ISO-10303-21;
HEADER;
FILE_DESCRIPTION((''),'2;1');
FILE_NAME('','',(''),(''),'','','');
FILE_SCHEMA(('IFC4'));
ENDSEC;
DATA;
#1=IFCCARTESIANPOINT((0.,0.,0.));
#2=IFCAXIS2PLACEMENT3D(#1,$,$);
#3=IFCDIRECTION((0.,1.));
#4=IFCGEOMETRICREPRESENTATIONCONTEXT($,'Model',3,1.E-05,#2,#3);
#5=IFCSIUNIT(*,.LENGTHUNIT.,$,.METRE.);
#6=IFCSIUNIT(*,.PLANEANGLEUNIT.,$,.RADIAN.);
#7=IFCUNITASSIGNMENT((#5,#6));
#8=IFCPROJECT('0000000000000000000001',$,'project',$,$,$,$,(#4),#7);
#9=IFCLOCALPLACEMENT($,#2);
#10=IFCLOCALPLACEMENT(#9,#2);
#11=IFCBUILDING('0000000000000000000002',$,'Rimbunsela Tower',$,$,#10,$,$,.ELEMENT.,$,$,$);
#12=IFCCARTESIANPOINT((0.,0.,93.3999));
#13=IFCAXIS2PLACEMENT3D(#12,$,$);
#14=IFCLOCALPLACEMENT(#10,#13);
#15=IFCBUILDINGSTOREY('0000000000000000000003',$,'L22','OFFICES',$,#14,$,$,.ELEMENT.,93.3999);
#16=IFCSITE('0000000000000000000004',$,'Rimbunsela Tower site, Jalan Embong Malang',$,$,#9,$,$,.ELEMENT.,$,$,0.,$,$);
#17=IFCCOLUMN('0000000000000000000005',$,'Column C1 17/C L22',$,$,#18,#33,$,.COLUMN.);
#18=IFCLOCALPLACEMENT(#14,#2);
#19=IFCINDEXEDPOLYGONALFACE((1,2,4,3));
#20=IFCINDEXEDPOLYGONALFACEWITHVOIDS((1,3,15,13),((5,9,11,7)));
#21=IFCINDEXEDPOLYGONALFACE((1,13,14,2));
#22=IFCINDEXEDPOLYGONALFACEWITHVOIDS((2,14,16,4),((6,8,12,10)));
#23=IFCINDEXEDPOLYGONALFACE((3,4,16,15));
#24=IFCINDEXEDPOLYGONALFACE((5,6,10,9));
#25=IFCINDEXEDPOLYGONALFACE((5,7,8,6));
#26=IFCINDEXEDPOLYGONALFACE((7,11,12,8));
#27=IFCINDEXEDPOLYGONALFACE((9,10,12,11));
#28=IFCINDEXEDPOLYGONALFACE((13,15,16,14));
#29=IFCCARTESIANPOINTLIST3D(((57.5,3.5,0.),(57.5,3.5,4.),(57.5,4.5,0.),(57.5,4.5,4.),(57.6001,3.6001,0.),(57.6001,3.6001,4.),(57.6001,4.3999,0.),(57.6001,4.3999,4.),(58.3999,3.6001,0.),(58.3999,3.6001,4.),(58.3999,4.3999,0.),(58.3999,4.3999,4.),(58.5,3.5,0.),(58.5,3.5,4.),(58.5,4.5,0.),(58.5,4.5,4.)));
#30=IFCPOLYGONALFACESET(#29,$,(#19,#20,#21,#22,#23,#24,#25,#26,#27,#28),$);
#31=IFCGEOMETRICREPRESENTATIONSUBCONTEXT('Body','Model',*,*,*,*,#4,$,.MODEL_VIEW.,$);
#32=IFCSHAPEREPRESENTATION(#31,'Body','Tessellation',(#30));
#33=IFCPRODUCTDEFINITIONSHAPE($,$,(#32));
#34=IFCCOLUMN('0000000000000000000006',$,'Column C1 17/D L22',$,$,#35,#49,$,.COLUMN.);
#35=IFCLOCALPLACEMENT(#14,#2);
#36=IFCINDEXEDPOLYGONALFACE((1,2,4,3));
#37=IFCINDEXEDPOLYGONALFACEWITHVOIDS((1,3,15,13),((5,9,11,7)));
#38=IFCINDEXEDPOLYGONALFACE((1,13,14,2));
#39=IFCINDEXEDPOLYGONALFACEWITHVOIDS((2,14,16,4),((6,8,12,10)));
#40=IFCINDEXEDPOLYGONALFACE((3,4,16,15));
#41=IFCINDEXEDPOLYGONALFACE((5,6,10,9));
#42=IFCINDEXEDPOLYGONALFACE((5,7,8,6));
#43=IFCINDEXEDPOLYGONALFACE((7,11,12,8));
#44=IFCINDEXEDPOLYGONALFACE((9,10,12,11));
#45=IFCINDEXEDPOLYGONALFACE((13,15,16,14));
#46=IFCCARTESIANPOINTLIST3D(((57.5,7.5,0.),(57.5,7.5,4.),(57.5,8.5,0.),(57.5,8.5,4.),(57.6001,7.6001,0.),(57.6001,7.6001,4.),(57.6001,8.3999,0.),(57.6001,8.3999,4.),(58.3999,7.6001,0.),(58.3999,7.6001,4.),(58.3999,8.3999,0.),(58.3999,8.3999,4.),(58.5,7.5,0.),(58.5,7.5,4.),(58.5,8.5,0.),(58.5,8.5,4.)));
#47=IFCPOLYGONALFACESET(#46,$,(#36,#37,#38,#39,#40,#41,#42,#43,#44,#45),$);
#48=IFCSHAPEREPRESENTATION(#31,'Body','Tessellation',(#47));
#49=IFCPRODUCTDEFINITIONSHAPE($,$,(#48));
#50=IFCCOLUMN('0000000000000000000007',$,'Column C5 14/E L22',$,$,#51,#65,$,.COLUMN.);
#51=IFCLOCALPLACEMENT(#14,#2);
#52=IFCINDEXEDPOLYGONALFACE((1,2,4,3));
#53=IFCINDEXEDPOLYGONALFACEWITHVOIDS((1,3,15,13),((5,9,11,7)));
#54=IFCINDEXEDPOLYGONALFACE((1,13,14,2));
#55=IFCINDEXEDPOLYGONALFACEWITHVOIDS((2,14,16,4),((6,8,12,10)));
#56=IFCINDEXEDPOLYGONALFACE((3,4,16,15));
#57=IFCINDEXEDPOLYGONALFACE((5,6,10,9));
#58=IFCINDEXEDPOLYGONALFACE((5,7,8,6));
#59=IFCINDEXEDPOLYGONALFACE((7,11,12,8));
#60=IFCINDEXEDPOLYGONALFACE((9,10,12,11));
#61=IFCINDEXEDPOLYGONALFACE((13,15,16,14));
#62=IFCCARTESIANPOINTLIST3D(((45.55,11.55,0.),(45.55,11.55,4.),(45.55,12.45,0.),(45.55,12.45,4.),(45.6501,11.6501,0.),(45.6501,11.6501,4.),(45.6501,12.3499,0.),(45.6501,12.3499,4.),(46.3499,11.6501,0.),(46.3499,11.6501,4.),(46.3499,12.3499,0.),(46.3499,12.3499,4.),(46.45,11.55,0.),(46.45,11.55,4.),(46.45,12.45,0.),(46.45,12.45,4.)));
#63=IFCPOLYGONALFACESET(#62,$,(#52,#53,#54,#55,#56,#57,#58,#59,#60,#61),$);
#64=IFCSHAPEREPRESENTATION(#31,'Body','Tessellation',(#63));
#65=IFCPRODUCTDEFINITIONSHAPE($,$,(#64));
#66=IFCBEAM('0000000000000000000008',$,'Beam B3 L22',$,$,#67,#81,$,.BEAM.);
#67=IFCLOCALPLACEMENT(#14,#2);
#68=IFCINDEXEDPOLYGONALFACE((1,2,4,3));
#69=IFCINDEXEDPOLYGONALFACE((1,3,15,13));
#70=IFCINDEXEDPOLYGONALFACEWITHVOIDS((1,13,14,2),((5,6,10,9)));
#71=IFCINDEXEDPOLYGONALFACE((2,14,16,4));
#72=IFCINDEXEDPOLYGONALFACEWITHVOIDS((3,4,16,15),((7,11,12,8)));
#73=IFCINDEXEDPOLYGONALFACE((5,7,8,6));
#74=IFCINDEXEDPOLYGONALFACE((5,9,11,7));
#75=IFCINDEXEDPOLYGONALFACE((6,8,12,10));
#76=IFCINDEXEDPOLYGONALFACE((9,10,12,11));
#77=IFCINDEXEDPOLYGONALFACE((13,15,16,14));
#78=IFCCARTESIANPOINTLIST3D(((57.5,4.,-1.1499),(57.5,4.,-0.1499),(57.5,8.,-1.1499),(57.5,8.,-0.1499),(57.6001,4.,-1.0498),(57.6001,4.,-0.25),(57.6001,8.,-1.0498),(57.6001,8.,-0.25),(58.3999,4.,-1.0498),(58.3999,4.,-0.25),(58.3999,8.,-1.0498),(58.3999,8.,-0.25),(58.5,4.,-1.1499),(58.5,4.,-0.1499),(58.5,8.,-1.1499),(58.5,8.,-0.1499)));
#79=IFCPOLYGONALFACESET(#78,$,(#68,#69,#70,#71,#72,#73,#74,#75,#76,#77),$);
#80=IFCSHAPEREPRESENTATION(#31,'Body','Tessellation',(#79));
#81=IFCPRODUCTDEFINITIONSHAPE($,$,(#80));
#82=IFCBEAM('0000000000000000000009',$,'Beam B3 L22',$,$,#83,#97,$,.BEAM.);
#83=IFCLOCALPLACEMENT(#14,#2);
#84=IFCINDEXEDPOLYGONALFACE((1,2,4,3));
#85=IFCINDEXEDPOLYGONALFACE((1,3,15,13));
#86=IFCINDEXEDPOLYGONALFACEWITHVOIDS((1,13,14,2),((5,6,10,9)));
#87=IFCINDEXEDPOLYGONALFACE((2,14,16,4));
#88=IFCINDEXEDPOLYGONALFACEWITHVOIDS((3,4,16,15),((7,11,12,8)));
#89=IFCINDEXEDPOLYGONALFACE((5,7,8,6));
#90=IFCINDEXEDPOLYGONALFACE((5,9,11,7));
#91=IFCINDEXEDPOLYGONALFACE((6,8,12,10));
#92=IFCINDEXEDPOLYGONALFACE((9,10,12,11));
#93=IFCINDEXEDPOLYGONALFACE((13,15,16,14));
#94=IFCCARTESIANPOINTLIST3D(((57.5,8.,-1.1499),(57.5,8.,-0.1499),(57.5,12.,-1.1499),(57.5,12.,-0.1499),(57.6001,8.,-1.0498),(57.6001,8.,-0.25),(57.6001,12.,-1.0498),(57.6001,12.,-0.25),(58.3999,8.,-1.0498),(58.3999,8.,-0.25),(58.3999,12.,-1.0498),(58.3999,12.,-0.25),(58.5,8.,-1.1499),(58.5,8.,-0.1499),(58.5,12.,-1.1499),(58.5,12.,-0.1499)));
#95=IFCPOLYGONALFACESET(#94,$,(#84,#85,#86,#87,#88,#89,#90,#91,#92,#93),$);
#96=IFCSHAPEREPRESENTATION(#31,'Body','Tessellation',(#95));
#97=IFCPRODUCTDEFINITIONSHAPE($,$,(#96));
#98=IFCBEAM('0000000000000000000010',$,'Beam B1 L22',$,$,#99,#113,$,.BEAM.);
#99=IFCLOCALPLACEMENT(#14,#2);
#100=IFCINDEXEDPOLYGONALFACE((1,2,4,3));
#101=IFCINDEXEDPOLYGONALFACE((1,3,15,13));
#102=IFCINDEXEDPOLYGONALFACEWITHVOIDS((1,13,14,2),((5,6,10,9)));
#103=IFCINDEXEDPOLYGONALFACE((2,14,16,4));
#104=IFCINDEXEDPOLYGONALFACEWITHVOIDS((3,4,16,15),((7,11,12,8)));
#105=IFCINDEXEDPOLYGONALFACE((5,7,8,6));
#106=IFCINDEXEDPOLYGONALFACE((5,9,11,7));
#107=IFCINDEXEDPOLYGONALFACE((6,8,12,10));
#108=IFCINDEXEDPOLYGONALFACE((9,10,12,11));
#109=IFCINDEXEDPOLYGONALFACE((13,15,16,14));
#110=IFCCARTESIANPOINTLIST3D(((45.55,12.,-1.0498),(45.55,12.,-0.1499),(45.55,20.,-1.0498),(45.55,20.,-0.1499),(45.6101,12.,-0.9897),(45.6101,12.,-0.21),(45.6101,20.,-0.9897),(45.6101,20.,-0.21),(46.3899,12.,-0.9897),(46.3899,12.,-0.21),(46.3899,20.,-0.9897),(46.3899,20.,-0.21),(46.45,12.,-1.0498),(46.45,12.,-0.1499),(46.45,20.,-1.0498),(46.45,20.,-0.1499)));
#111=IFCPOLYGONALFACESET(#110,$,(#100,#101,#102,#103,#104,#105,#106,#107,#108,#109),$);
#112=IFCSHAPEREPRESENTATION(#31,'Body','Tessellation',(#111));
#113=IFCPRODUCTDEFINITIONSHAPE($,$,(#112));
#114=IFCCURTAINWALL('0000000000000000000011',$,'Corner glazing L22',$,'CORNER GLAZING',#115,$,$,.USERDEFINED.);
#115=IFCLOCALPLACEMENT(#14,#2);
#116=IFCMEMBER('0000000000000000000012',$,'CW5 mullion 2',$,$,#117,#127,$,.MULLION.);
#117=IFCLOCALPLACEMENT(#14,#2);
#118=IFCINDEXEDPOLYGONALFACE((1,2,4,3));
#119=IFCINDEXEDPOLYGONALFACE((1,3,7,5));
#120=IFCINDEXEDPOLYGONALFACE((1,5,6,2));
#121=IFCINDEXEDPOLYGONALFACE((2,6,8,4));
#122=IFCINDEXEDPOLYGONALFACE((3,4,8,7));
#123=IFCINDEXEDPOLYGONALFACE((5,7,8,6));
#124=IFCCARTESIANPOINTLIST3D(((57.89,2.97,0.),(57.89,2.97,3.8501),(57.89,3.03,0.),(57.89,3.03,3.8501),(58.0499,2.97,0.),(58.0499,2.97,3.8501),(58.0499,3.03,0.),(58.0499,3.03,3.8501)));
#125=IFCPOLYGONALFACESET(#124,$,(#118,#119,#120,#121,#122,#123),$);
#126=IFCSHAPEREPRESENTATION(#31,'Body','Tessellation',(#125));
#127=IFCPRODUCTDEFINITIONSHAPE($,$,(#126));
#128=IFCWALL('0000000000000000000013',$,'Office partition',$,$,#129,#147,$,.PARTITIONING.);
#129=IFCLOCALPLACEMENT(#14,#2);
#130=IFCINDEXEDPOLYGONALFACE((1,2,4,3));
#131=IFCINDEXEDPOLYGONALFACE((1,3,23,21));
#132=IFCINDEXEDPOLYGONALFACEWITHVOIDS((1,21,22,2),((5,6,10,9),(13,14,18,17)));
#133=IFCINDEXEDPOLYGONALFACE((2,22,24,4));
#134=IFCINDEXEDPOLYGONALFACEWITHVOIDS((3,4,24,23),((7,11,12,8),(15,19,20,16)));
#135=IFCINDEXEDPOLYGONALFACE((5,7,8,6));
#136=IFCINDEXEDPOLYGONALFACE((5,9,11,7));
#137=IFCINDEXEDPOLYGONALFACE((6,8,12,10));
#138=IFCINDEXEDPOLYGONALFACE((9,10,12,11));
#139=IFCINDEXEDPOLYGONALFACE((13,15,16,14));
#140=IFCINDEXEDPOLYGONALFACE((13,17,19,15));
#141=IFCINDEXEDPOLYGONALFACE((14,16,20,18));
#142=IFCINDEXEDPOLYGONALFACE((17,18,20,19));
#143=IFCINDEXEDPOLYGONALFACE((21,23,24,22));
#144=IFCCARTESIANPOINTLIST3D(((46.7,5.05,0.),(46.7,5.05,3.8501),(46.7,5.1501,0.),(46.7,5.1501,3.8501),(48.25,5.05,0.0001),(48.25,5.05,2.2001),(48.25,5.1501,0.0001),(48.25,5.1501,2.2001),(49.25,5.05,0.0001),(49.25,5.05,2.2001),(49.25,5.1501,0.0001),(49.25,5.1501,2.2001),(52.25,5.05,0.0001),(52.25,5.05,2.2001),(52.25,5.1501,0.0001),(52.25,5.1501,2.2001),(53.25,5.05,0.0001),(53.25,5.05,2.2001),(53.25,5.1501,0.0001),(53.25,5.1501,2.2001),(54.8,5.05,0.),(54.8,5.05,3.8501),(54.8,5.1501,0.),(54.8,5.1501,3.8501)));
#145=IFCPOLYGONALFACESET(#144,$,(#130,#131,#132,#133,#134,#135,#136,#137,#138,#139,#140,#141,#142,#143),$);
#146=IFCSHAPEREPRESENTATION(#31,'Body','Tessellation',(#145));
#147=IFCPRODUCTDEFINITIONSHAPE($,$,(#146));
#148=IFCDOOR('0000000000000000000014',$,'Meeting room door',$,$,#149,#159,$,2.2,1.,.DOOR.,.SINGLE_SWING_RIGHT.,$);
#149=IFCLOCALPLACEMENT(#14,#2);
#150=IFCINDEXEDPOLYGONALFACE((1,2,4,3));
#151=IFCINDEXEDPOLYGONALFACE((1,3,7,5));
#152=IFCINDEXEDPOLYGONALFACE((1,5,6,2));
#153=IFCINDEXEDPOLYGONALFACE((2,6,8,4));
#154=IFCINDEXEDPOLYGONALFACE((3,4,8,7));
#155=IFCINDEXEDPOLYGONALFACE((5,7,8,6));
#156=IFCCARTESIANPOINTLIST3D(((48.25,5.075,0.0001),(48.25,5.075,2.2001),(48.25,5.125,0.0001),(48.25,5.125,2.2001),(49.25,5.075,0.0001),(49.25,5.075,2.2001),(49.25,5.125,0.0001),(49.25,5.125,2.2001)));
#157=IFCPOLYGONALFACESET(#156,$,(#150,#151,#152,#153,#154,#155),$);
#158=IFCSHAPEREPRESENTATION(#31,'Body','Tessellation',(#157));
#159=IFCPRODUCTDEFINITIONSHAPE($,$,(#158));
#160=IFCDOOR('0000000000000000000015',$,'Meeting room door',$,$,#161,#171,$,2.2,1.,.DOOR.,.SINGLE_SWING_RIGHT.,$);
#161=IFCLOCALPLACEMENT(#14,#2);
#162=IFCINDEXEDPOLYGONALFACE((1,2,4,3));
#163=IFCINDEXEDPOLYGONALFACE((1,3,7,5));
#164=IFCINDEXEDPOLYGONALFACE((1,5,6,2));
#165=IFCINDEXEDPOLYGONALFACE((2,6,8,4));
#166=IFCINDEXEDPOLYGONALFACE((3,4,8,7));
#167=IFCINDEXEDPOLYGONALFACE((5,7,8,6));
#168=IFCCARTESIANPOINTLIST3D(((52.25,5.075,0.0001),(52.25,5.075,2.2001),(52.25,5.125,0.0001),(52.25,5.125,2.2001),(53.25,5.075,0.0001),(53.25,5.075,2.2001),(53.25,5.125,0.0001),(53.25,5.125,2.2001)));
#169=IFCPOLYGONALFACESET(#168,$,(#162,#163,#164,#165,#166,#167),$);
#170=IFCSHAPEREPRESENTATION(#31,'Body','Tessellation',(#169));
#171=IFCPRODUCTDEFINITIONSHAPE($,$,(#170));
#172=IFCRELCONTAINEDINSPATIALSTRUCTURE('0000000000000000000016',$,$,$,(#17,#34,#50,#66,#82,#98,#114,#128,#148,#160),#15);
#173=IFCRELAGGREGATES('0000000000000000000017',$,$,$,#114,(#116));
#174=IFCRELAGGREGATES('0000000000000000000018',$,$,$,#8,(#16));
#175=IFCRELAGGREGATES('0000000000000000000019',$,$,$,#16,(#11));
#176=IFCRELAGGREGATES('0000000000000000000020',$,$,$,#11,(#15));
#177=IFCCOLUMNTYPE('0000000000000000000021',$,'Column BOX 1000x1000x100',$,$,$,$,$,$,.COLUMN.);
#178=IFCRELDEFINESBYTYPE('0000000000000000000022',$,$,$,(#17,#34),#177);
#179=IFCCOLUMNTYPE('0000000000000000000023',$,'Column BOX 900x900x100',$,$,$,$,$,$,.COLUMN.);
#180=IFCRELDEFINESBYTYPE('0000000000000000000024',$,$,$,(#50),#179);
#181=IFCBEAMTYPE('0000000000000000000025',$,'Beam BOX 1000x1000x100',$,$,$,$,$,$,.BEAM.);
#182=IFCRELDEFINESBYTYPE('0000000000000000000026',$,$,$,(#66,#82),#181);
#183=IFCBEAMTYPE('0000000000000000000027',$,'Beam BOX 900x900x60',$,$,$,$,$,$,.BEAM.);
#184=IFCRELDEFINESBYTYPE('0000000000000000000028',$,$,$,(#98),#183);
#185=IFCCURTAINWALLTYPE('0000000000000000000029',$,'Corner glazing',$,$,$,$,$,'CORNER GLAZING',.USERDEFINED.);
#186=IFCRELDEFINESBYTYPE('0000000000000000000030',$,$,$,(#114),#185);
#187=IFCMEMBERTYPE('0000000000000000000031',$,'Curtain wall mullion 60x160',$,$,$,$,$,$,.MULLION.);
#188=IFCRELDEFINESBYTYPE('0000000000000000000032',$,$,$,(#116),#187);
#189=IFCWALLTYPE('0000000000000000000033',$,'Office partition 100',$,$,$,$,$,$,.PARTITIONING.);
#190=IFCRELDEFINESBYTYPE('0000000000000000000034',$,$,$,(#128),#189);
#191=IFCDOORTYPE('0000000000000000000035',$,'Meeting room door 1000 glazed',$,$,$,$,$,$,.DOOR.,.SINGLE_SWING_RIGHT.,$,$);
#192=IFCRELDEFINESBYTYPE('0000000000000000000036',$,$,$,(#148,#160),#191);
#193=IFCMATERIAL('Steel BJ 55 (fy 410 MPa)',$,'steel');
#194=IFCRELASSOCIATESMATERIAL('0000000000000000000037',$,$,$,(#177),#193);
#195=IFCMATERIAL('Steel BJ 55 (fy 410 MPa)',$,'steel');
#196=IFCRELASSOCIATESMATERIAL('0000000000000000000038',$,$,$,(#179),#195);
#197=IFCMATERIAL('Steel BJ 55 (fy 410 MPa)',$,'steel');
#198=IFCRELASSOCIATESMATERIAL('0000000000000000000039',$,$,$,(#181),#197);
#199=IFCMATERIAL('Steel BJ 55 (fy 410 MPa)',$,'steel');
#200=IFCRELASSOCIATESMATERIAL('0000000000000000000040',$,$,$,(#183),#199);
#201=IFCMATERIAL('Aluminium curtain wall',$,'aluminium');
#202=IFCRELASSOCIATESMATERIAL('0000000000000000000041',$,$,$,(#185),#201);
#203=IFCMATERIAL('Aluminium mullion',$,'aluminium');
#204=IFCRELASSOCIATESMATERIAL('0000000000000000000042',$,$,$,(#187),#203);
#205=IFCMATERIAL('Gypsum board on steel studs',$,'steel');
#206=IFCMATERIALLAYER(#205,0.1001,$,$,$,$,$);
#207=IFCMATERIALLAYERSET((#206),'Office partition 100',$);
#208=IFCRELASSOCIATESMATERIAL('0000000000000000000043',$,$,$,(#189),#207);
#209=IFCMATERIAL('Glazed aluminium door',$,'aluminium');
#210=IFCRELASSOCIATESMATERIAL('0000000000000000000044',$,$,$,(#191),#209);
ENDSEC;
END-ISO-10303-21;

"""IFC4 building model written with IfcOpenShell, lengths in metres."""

from ifc_helpers import new_model, si_unit, direction, frame, frame_2d, origin, origin_2d, place, context, subcontext, project, spatial, rectangle, hollow_rectangle, extrude, material, layer, layer_set, material_profile, profile_set, type_object, element, fill, aggregate, save


model = new_model("IFC4")

# Units and contexts
model_context = context("Model", 3, precision=1e-05, world=origin(), true_north=direction((0.0, 1.0)))
body_context = subcontext(model_context, "Body", "Model", "MODEL_VIEW")
ifc_project = project(units=[si_unit("LENGTHUNIT", "METRE"), si_unit("PLANEANGLEUNIT", "RADIAN")], contexts=[model_context])

# Site, building, storey
site_placement = place(None, origin())
site = spatial("IfcSite", under=ifc_project, at=site_placement, Name="Rimbunsela Tower site, Jalan Embong Malang", CompositionType="ELEMENT", RefElevation=0.0)
building_placement = place(site_placement, origin())
building = spatial("IfcBuilding", under=site, at=building_placement, Name="Rimbunsela Tower", CompositionType="ELEMENT")
storey_placement = place(building_placement, frame((0.0, 0.0, 93.3999)))
storey = spatial("IfcBuildingStorey", under=building, at=storey_placement, Name="L22", Description="OFFICES", CompositionType="ELEMENT", Elevation=93.3999)

# Columns
ifc_material_1 = material(Name="Steel BJ 55 (fy 410 MPa)", Category="steel")
ifc_material_profile_1 = material_profile(ifc_material_1, hollow_rectangle(XDim=1.0, YDim=1.0, WallThickness=0.1001, at=origin_2d()), Name="BOX 1000x1000x100")
ifc_profile_set_1 = profile_set([ifc_material_profile_1], Name="Steel BJ 55 (fy 410 MPa)")
column_type_1 = type_object("IfcColumnType", Name="Column BOX 1000x1000x100", PredefinedType="COLUMN", material=ifc_profile_set_1)
for number, where, z_axis, x_axis, name in (
    (1, (58.0, 4.0, 0.0), (0.0, 0.0, 1.0), (1.0, 0.0, 0.0), "Column C1 17/C L22"),
    (2, (58.0, 8.0, 0.0), (0.0, 0.0, 1.0), (1.0, 0.0, 0.0), "Column C1 17/D L22"),
):
    element("IfcColumn", number, at=place(storey_placement, frame(where, z_axis=z_axis, x_axis=x_axis)), inside=storey, type_object=column_type_1, Name=name, PredefinedType="COLUMN", context=body_context, shape_type="SweptSolid", body=[
        extrude(hollow_rectangle(XDim=1.0, YDim=1.0, WallThickness=0.1001, at=origin_2d()), origin(), (0.0, 0.0, 1.0), 4.0),
    ])
ifc_material_2 = material(Name="Steel BJ 55 (fy 410 MPa)", Category="steel")
ifc_material_profile_2 = material_profile(ifc_material_2, hollow_rectangle(XDim=0.8999, YDim=0.8999, WallThickness=0.1001, at=origin_2d()), Name="BOX 900x900x100")
ifc_profile_set_2 = profile_set([ifc_material_profile_2], Name="Steel BJ 55 (fy 410 MPa)")
column_type_2 = type_object("IfcColumnType", Name="Column BOX 900x900x100", PredefinedType="COLUMN", material=ifc_profile_set_2)
column_placement = place(storey_placement, frame((46.0, 12.0, 0.0), z_axis=(0.0, 0.0, 1.0), x_axis=(1.0, 0.0, 0.0)))
element("IfcColumn", 3, at=column_placement, inside=storey, type_object=column_type_2, Name="Column C5 14/E L22", PredefinedType="COLUMN", context=body_context, shape_type="SweptSolid", body=[
    extrude(hollow_rectangle(XDim=0.8999, YDim=0.8999, WallThickness=0.1001, at=origin_2d()), origin(), (0.0, 0.0, 1.0), 4.0),
])

# Beams
ifc_material_3 = material(Name="Steel BJ 55 (fy 410 MPa)", Category="steel")
ifc_material_profile_3 = material_profile(ifc_material_3, hollow_rectangle(XDim=1.0, YDim=1.0, WallThickness=0.1001, at=origin_2d()), Name="BOX 1000x1000x100")
ifc_profile_set_3 = profile_set([ifc_material_profile_3], Name="Steel BJ 55 (fy 410 MPa)")
beam_type_1 = type_object("IfcBeamType", Name="Beam BOX 1000x1000x100", PredefinedType="BEAM", material=ifc_profile_set_3)
for number, where, z_axis, x_axis, name in (
    (4, (58.0, 4.0, -0.6499), (0.0, 1.0, 0.0), (-1.0, 0.0, 0.0), "Beam B3 L22"),
    (5, (58.0, 8.0, -0.6499), (0.0, 1.0, 0.0), (-1.0, 0.0, 0.0), "Beam B3 L22"),
):
    element("IfcBeam", number, at=place(storey_placement, frame(where, z_axis=z_axis, x_axis=x_axis)), inside=storey, type_object=beam_type_1, Name=name, PredefinedType="BEAM", context=body_context, shape_type="SweptSolid", body=[
        extrude(hollow_rectangle(XDim=1.0, YDim=1.0, WallThickness=0.1001, at=origin_2d()), origin(), (0.0, 0.0, 1.0), 4.0),
    ])
ifc_material_4 = material(Name="Steel BJ 55 (fy 410 MPa)", Category="steel")
ifc_material_profile_4 = material_profile(ifc_material_4, hollow_rectangle(XDim=0.8999, YDim=0.8999, WallThickness=0.0601, at=origin_2d()), Name="BOX 900x900x60")
ifc_profile_set_4 = profile_set([ifc_material_profile_4], Name="Steel BJ 55 (fy 410 MPa)")
beam_type_2 = type_object("IfcBeamType", Name="Beam BOX 900x900x60", PredefinedType="BEAM", material=ifc_profile_set_4)
beam_placement = place(storey_placement, frame((46.0, 12.0, -0.5999), z_axis=(0.0, 1.0, 0.0), x_axis=(-1.0, 0.0, 0.0)))
element("IfcBeam", 6, at=beam_placement, inside=storey, type_object=beam_type_2, Name="Beam B1 L22", PredefinedType="BEAM", context=body_context, shape_type="SweptSolid", body=[
    extrude(hollow_rectangle(XDim=0.8999, YDim=0.8999, WallThickness=0.0601, at=origin_2d()), origin(), (0.0, 0.0, 1.0), 8.0),
])

# Curtain wall, member
ifc_material_5 = material(Name="Aluminium curtain wall", Category="aluminium")
curtain_wall_type = type_object("IfcCurtainWallType", Name="Corner glazing", ElementType="CORNER GLAZING", PredefinedType="USERDEFINED", material=ifc_material_5)
curtain_wall_placement = place(storey_placement, origin())
curtain_wall = element("IfcCurtainWall", 7, at=curtain_wall_placement, inside=storey, type_object=curtain_wall_type, Name="Corner glazing L22", ObjectType="CORNER GLAZING", PredefinedType="USERDEFINED")
ifc_material_6 = material(Name="Aluminium mullion", Category="aluminium")
ifc_material_profile_5 = material_profile(ifc_material_6, rectangle(XDim=0.0601, YDim=0.1599, at=origin_2d()), Name="Mullion 60x160")
ifc_profile_set_5 = profile_set([ifc_material_profile_5], Name="Aluminium mullion")
member_type = type_object("IfcMemberType", Name="Curtain wall mullion 60x160", PredefinedType="MULLION", material=ifc_profile_set_5)
member_placement = place(storey_placement, frame((57.97, 3.0, 0.0), z_axis=(0.0, 0.0, 1.0), x_axis=(0.0, 1.0, 0.0)))
member = element("IfcMember", 8, at=member_placement, type_object=member_type, Name="CW5 mullion 2", PredefinedType="MULLION", context=body_context, shape_type="SweptSolid", body=[
    extrude(rectangle(XDim=0.0601, YDim=0.1599, at=origin_2d()), origin(), (0.0, 0.0, 1.0), 3.8501),
])
aggregate(curtain_wall, [member])

# Wall, openings, doors
ifc_material_7 = material(Name="Gypsum board on steel studs", Category="steel")
ifc_layer_1 = layer(ifc_material_7, 0.1001)
ifc_layer_set_1 = layer_set([ifc_layer_1], Name="Office partition 100")
wall_type_1 = type_object("IfcWallType", Name="Office partition 100", PredefinedType="PARTITIONING", material=ifc_layer_set_1)
wall_1_placement = place(storey_placement, frame((46.7, 5.1001, 0.0), z_axis=(0.0, 0.0, 1.0), x_axis=(1.0, 0.0, 0.0)))
wall_1 = element("IfcWall", 9, at=wall_1_placement, inside=storey, type_object=wall_type_1, Name="Office partition", PredefinedType="PARTITIONING", context=body_context, shape_type="SweptSolid", body=[
    extrude(rectangle(XDim=8.1001, YDim=0.1001, at=frame_2d((4.05, 0.0))), origin(), (0.0, 0.0, 1.0), 3.8501),
])
opening_1_placement = place(wall_1_placement, frame((1.55, 0.0, 0.0)))
opening_1 = element("IfcOpeningElement", 10, at=opening_1_placement, cuts=wall_1, PredefinedType="OPENING", context=body_context, shape_type="SweptSolid", body=[
    extrude(rectangle(XDim=1.0, YDim=2.2, at=frame_2d((0.5, 1.1001))), frame((0.0, 0.0601, 0.0), z_axis=(0.0, -1.0, 0.0), x_axis=(1.0, 0.0, 0.0)), (0.0, 0.0, 1.0), 0.1201),
])
opening_2_placement = place(wall_1_placement, frame((5.55, 0.0, 0.0)))
opening_2 = element("IfcOpeningElement", 11, at=opening_2_placement, cuts=wall_1, PredefinedType="OPENING", context=body_context, shape_type="SweptSolid", body=[
    extrude(rectangle(XDim=1.0, YDim=2.2, at=frame_2d((0.5, 1.1001))), frame((0.0, 0.0601, 0.0), z_axis=(0.0, -1.0, 0.0), x_axis=(1.0, 0.0, 0.0)), (0.0, 0.0, 1.0), 0.1201),
])
ifc_material_8 = material(Name="Glazed aluminium door", Category="aluminium")
door_type = type_object("IfcDoorType", Name="Meeting room door 1000 glazed", OperationType="SINGLE_SWING_RIGHT", PredefinedType="DOOR", material=ifc_material_8)
door_1_placement = place(opening_1_placement, origin())
door_1 = element("IfcDoor", 12, at=door_1_placement, inside=storey, type_object=door_type, Name="Meeting room door", OperationType="SINGLE_SWING_RIGHT", OverallHeight=2.2, OverallWidth=1.0, PredefinedType="DOOR", context=body_context, shape_type="SweptSolid", body=[
    extrude(rectangle(XDim=1.0, YDim=2.2, at=frame_2d((0.5, 1.1001))), frame((0.0, 0.0249, 0.0), z_axis=(0.0, -1.0, 0.0), x_axis=(1.0, 0.0, 0.0)), (0.0, 0.0, 1.0), 0.05),
])
fill(opening_1, door_1)
door_2_placement = place(opening_2_placement, origin())
door_2 = element("IfcDoor", 13, at=door_2_placement, inside=storey, type_object=door_type, Name="Meeting room door", OperationType="SINGLE_SWING_RIGHT", OverallHeight=2.2, OverallWidth=1.0, PredefinedType="DOOR", context=body_context, shape_type="SweptSolid", body=[
    extrude(rectangle(XDim=1.0, YDim=2.2, at=frame_2d((0.5, 1.1001))), frame((0.0, 0.0249, 0.0), z_axis=(0.0, -1.0, 0.0), x_axis=(1.0, 0.0, 0.0)), (0.0, 0.0, 1.0), 0.05),
])
fill(opening_2, door_2)

save(model, "model.ifc")
